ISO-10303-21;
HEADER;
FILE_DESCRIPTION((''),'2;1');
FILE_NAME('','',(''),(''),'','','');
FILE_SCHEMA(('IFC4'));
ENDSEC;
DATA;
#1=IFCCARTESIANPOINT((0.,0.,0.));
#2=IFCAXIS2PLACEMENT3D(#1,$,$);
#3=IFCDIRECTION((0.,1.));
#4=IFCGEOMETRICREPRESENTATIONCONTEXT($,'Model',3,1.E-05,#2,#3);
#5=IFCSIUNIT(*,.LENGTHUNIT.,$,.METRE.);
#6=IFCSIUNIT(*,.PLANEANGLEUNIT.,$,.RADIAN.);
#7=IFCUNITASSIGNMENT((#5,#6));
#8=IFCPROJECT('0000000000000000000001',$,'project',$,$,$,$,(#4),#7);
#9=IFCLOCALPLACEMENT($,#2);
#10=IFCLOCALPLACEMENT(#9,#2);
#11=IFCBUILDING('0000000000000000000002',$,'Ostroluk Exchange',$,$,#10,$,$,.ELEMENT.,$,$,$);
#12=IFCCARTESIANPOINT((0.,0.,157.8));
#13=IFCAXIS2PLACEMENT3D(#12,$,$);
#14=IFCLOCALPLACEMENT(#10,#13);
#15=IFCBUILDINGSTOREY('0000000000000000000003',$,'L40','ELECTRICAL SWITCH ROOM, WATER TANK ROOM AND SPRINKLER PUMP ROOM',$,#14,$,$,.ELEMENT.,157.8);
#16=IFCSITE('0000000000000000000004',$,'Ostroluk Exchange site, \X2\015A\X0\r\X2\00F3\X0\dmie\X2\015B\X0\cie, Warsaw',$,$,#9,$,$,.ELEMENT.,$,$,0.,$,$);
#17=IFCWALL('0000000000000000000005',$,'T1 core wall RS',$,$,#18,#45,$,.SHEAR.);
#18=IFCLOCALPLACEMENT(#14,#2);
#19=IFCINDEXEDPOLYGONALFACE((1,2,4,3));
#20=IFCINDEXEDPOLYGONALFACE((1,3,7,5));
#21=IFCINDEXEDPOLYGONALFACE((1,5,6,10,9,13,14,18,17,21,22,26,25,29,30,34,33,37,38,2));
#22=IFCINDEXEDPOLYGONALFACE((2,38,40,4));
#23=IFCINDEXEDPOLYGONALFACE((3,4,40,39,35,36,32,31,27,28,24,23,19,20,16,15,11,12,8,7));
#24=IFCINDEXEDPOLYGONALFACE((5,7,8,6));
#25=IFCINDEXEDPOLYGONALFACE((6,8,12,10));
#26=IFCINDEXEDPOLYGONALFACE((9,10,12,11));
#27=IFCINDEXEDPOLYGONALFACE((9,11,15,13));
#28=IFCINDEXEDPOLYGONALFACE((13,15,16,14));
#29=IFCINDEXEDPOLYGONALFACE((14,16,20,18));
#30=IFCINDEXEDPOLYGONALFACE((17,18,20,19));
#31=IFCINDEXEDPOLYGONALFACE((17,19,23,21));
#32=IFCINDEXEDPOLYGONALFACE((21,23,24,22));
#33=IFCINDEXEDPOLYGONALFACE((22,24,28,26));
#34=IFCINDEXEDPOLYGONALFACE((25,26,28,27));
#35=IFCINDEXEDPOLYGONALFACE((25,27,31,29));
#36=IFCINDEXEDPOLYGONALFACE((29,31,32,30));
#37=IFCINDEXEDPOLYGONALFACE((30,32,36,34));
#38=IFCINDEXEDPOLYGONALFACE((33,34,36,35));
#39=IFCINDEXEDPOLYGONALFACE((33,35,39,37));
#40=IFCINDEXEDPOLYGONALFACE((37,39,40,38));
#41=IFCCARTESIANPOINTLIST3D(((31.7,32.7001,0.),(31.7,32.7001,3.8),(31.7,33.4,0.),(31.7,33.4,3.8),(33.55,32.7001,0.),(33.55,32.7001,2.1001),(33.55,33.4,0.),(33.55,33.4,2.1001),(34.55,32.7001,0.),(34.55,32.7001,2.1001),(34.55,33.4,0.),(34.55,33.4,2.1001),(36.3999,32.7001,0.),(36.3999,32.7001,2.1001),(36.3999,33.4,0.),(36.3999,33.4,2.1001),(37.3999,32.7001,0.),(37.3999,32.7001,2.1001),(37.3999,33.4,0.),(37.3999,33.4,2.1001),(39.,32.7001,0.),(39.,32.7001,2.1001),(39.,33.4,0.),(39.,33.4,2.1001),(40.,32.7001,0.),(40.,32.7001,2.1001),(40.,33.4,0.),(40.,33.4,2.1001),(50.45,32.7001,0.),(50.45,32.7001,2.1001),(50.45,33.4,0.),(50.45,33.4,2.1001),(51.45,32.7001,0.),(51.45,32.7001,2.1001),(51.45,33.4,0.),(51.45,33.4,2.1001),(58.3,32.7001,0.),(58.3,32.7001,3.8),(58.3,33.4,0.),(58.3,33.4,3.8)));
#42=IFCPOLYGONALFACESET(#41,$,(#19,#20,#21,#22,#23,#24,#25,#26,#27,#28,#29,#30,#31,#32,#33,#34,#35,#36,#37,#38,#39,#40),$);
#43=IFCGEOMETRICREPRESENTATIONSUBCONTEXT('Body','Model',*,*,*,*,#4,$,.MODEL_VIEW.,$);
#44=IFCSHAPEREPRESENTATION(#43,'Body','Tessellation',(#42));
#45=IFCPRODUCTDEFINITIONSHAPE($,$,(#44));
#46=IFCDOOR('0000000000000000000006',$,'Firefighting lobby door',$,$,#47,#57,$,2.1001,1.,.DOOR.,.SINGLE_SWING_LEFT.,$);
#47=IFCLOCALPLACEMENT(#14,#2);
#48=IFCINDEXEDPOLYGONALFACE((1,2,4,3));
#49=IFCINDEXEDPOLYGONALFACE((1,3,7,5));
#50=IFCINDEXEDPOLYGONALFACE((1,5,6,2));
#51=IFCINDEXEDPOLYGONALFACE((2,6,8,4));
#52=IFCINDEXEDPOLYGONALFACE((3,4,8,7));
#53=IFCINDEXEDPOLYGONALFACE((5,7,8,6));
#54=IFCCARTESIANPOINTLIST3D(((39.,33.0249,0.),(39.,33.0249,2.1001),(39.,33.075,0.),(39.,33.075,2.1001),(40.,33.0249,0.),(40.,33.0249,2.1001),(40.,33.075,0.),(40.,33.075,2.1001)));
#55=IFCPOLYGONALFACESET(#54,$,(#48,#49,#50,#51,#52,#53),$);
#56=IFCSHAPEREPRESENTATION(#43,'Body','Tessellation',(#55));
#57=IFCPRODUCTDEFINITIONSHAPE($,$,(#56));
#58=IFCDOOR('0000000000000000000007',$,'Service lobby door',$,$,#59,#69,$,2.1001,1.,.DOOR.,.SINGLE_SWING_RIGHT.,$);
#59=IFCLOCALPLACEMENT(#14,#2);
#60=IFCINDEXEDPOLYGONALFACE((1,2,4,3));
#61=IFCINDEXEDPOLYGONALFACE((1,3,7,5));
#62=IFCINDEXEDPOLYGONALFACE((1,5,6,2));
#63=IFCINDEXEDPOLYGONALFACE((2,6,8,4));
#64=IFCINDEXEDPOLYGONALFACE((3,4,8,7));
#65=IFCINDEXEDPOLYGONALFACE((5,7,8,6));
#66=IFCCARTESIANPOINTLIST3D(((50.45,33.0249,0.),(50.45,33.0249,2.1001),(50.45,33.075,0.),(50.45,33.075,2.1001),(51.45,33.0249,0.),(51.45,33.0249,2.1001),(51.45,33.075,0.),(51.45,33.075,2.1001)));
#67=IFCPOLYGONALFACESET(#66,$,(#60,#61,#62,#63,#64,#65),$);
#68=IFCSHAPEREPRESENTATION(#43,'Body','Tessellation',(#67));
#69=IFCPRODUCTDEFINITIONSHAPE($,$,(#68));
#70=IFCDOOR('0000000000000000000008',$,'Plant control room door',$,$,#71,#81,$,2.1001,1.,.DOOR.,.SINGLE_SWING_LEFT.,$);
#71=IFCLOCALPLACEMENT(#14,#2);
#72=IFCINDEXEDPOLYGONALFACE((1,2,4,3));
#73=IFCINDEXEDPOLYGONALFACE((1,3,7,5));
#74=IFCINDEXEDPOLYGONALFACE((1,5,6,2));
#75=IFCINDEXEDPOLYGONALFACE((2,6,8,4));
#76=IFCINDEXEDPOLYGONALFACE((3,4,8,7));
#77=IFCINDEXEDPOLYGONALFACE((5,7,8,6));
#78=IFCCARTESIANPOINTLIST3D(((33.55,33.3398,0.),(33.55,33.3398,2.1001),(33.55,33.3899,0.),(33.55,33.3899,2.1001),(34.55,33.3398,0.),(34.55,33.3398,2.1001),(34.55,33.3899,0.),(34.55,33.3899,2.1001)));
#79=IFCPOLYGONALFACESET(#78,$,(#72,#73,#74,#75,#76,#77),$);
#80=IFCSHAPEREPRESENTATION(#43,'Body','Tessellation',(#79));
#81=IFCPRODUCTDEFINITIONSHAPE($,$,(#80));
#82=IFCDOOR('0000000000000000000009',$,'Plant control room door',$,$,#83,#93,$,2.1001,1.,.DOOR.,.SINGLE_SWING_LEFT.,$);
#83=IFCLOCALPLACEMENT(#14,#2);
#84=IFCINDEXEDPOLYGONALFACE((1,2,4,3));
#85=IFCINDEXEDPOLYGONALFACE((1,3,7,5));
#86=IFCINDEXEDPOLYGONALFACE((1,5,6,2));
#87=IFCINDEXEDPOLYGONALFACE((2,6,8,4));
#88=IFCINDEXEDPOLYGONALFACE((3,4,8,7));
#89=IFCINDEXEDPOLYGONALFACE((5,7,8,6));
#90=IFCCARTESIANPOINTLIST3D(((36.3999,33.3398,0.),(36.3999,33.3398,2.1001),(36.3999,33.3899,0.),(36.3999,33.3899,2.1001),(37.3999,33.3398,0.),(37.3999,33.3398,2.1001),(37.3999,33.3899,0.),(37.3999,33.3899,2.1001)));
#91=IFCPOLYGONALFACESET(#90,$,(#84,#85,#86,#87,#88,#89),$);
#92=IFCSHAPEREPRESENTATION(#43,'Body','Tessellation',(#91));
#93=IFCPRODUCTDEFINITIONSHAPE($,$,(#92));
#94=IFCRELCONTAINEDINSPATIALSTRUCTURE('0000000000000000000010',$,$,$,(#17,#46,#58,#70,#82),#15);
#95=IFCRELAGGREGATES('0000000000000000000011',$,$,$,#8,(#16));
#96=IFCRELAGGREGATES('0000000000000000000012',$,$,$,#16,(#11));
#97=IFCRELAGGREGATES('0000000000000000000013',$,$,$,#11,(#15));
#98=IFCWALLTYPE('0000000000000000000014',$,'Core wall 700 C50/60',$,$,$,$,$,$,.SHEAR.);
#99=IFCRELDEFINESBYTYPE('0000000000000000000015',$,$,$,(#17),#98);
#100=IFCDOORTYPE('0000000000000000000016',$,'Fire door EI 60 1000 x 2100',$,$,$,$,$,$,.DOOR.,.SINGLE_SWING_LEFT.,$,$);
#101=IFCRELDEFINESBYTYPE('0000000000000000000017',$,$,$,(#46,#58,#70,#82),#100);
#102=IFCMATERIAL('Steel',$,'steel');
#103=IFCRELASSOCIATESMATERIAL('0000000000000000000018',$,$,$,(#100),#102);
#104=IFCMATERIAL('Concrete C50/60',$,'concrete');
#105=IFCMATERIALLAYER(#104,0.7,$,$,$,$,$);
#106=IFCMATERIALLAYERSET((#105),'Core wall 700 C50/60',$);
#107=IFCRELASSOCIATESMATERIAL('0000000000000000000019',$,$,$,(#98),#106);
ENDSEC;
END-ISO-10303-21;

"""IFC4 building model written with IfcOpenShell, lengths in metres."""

from ifc_helpers import new_model, si_unit, direction, frame, frame_2d, origin, place, context, subcontext, project, spatial, rectangle, extrude, material, layer, layer_set, type_object, element, fill, save


model = new_model("IFC4")

# Units and contexts
model_context = context("Model", 3, precision=1e-05, world=origin(), true_north=direction((0.0, 1.0)))
body_context = subcontext(model_context, "Body", "Model", "MODEL_VIEW")
ifc_project = project(units=[si_unit("LENGTHUNIT", "METRE"), si_unit("PLANEANGLEUNIT", "RADIAN")], contexts=[model_context])

# Site, building, storey
site_placement = place(None, origin())
site = spatial("IfcSite", under=ifc_project, at=site_placement, Name="Ostroluk Exchange site, Śródmieście, Warsaw", CompositionType="ELEMENT", RefElevation=0.0)
building_placement = place(site_placement, origin())
building = spatial("IfcBuilding", under=site, at=building_placement, Name="Ostroluk Exchange", CompositionType="ELEMENT")
storey_placement = place(building_placement, frame((0.0, 0.0, 157.8)))
storey = spatial("IfcBuildingStorey", under=building, at=storey_placement, Name="L40", Description="ELECTRICAL SWITCH ROOM, WATER TANK ROOM AND SPRINKLER PUMP ROOM", CompositionType="ELEMENT", Elevation=157.8)

# Shared definitions
ifc_material_1 = material(Name="Steel", Category="steel")
door_type_1 = type_object("IfcDoorType", Name="Fire door EI 60 1000 x 2100", OperationType="SINGLE_SWING_LEFT", PredefinedType="DOOR", material=ifc_material_1)

# Wall, openings, doors
ifc_material_2 = material(Name="Concrete C50/60", Category="concrete")
ifc_layer_1 = layer(ifc_material_2, 0.7)
ifc_layer_set_1 = layer_set([ifc_layer_1], Name="Core wall 700 C50/60")
wall_type_1 = type_object("IfcWallType", Name="Core wall 700 C50/60", PredefinedType="SHEAR", material=ifc_layer_set_1)
wall_1_placement = place(storey_placement, frame((31.7, 33.05, 0.0), z_axis=(0.0, 0.0, 1.0), x_axis=(1.0, 0.0, 0.0)))
wall_1 = element("IfcWall", 1, at=wall_1_placement, inside=storey, type_object=wall_type_1, Name="T1 core wall RS", PredefinedType="SHEAR", context=body_context, shape_type="SweptSolid", body=[
    extrude(rectangle(XDim=26.6001, YDim=0.7, at=frame_2d((13.3, 0.0))), origin(), (0.0, 0.0, 1.0), 3.8),
])
opening_1_placement = place(wall_1_placement, frame((7.3, 0.0, 0.0)))
opening_1 = element("IfcOpeningElement", 2, at=opening_1_placement, cuts=wall_1, PredefinedType="OPENING", context=body_context, shape_type="SweptSolid", body=[
    extrude(rectangle(XDim=1.0, YDim=2.1001, at=frame_2d((0.5, 1.05))), frame((0.0, 0.3599, 0.0), z_axis=(0.0, -1.0, 0.0), x_axis=(1.0, 0.0, 0.0)), (0.0, 0.0, 1.0), 0.72),
])
opening_2_placement = place(wall_1_placement, frame((18.75, 0.0, 0.0)))
opening_2 = element("IfcOpeningElement", 3, at=opening_2_placement, cuts=wall_1, PredefinedType="OPENING", context=body_context, shape_type="SweptSolid", body=[
    extrude(rectangle(XDim=1.0, YDim=2.1001, at=frame_2d((0.5, 1.05))), frame((0.0, 0.3599, 0.0), z_axis=(0.0, -1.0, 0.0), x_axis=(1.0, 0.0, 0.0)), (0.0, 0.0, 1.0), 0.72),
])
opening_3_placement = place(wall_1_placement, frame((1.8501, 0.0, 0.0)))
opening_3 = element("IfcOpeningElement", 4, at=opening_3_placement, cuts=wall_1, PredefinedType="OPENING", context=body_context, shape_type="SweptSolid", body=[
    extrude(rectangle(XDim=1.0, YDim=2.1001, at=frame_2d((0.5, 1.05))), frame((0.0, 0.3599, 0.0), z_axis=(0.0, -1.0, 0.0), x_axis=(1.0, 0.0, 0.0)), (0.0, 0.0, 1.0), 0.72),
])
opening_4_placement = place(wall_1_placement, frame((4.7, 0.0, 0.0)))
opening_4 = element("IfcOpeningElement", 5, at=opening_4_placement, cuts=wall_1, PredefinedType="OPENING", context=body_context, shape_type="SweptSolid", body=[
    extrude(rectangle(XDim=1.0, YDim=2.1001, at=frame_2d((0.5, 1.05))), frame((0.0, 0.3599, 0.0), z_axis=(0.0, -1.0, 0.0), x_axis=(1.0, 0.0, 0.0)), (0.0, 0.0, 1.0), 0.72),
])
door_1_placement = place(opening_1_placement, origin())
door_1 = element("IfcDoor", 6, at=door_1_placement, inside=storey, type_object=door_type_1, Name="Firefighting lobby door", OperationType="SINGLE_SWING_LEFT", OverallHeight=2.1001, OverallWidth=1.0, PredefinedType="DOOR", context=body_context, shape_type="SweptSolid", body=[
    extrude(rectangle(XDim=1.0, YDim=2.1001, at=frame_2d((0.5, 1.05))), frame((0.0, 0.0249, 0.0), z_axis=(0.0, -1.0, 0.0), x_axis=(1.0, 0.0, 0.0)), (0.0, 0.0, 1.0), 0.05),
])
fill(opening_1, door_1)
door_2_placement = place(opening_2_placement, origin())
door_2 = element("IfcDoor", 7, at=door_2_placement, inside=storey, type_object=door_type_1, Name="Service lobby door", OperationType="SINGLE_SWING_RIGHT", OverallHeight=2.1001, OverallWidth=1.0, PredefinedType="DOOR", context=body_context, shape_type="SweptSolid", body=[
    extrude(rectangle(XDim=1.0, YDim=2.1001, at=frame_2d((0.5, 1.05))), frame((0.0, 0.0249, 0.0), z_axis=(0.0, -1.0, 0.0), x_axis=(1.0, 0.0, 0.0)), (0.0, 0.0, 1.0), 0.05),
])
fill(opening_2, door_2)
door_3_placement = place(opening_3_placement, origin())
door_3 = element("IfcDoor", 8, at=door_3_placement, inside=storey, type_object=door_type_1, Name="Plant control room door", OperationType="SINGLE_SWING_LEFT", OverallHeight=2.1001, OverallWidth=1.0, PredefinedType="DOOR", context=body_context, shape_type="SweptSolid", body=[
    extrude(rectangle(XDim=1.0, YDim=2.1001, at=frame_2d((0.5, 1.05))), frame((0.0, 0.3398, 0.0), z_axis=(0.0, -1.0, 0.0), x_axis=(1.0, 0.0, 0.0)), (0.0, 0.0, 1.0), 0.05),
])
fill(opening_3, door_3)
door_4_placement = place(opening_4_placement, origin())
door_4 = element("IfcDoor", 9, at=door_4_placement, inside=storey, type_object=door_type_1, Name="Plant control room door", OperationType="SINGLE_SWING_LEFT", OverallHeight=2.1001, OverallWidth=1.0, PredefinedType="DOOR", context=body_context, shape_type="SweptSolid", body=[
    extrude(rectangle(XDim=1.0, YDim=2.1001, at=frame_2d((0.5, 1.05))), frame((0.0, 0.3398, 0.0), z_axis=(0.0, -1.0, 0.0), x_axis=(1.0, 0.0, 0.0)), (0.0, 0.0, 1.0), 0.05),
])
fill(opening_4, door_4)

save(model, "model.ifc")
